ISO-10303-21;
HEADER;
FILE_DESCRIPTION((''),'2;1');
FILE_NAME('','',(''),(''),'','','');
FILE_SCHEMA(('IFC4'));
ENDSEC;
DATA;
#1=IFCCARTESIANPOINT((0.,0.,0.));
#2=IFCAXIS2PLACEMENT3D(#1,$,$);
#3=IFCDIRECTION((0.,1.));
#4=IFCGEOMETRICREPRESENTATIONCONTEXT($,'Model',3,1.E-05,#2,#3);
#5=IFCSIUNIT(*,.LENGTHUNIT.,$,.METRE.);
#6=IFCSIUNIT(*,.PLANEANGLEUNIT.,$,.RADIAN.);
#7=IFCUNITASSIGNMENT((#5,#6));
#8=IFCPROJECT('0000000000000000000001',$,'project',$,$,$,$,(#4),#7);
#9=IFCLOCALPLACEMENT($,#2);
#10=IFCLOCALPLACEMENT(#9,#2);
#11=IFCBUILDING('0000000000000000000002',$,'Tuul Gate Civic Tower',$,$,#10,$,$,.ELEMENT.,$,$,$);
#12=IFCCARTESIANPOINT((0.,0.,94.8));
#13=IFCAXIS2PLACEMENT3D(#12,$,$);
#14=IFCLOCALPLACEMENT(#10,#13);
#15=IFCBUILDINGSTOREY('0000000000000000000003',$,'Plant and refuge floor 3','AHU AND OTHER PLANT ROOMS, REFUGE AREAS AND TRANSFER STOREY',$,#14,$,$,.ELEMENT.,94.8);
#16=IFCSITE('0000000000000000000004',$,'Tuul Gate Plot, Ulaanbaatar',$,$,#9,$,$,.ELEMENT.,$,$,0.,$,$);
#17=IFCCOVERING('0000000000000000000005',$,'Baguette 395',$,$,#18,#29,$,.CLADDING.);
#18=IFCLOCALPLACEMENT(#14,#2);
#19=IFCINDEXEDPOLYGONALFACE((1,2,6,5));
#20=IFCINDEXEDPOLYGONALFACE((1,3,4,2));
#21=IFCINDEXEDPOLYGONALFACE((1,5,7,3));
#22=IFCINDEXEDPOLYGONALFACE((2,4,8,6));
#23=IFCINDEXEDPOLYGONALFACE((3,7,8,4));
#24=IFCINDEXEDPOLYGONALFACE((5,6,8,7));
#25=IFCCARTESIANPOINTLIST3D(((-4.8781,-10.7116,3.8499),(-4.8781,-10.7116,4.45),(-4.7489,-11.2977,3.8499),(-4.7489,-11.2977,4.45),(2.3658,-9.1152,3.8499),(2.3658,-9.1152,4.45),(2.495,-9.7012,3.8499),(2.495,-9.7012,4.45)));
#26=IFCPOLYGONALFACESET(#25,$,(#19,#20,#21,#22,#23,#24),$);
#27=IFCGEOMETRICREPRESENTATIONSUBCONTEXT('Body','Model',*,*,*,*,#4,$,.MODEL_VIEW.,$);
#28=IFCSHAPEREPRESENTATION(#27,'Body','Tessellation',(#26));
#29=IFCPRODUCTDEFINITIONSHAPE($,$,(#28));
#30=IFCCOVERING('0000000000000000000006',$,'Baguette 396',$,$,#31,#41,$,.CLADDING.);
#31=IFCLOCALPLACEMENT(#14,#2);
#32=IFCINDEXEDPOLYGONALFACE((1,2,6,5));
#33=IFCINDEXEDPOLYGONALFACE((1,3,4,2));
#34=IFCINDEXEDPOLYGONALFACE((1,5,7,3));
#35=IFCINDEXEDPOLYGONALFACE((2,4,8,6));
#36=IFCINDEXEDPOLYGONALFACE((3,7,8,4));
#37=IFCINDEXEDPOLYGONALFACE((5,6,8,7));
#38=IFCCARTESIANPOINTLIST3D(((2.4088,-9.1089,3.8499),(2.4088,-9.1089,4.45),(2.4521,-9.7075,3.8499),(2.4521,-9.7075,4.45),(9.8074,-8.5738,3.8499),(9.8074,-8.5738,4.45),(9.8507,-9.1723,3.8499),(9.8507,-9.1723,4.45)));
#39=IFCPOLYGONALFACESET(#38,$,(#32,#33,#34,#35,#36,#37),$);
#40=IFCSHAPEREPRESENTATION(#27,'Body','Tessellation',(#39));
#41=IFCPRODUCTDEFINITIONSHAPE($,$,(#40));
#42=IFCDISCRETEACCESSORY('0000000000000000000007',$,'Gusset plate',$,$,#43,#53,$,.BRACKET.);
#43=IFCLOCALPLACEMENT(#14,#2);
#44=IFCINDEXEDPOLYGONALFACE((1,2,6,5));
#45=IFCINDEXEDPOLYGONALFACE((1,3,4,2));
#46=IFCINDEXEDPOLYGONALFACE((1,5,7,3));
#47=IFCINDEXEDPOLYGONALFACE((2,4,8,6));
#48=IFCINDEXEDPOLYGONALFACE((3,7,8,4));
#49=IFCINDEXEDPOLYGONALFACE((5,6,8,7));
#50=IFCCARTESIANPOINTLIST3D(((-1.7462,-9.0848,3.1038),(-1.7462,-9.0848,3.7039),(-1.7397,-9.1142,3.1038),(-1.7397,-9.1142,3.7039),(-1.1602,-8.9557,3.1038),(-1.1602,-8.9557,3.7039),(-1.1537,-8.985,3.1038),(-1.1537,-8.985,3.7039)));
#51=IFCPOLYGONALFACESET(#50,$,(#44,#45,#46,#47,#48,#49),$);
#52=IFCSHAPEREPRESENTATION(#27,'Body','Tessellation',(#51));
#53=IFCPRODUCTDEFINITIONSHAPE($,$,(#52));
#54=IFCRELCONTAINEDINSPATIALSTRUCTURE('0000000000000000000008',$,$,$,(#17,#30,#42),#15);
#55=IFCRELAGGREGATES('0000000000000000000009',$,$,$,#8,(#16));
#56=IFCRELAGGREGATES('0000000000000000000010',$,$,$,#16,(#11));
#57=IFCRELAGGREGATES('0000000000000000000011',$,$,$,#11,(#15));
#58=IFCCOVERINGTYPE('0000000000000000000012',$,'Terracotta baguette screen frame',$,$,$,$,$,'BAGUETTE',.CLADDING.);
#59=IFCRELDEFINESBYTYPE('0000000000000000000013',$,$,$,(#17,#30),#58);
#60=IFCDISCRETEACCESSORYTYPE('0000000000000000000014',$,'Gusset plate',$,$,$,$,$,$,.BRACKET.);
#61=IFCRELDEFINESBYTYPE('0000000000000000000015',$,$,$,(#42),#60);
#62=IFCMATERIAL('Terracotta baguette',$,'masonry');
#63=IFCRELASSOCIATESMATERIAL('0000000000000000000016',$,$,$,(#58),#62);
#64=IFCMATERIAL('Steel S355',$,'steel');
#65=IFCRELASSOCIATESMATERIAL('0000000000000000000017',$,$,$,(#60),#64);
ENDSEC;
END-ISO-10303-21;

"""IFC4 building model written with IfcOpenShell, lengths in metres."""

from ifc_helpers import new_model, si_unit, direction, frame, origin, origin_2d, place, context, subcontext, project, spatial, rectangle, extrude, material, material_profile, profile_set, type_object, element, save


model = new_model("IFC4")

# Units and contexts
model_context = context("Model", 3, precision=1e-05, world=origin(), true_north=direction((0.0, 1.0)))
body_context = subcontext(model_context, "Body", "Model", "MODEL_VIEW")
ifc_project = project(units=[si_unit("LENGTHUNIT", "METRE"), si_unit("PLANEANGLEUNIT", "RADIAN")], contexts=[model_context])

# Site, building, storey
site_placement = place(None, origin())
site = spatial("IfcSite", under=ifc_project, at=site_placement, Name="Tuul Gate Plot, Ulaanbaatar", CompositionType="ELEMENT", RefElevation=0.0)
building_placement = place(site_placement, origin())
building = spatial("IfcBuilding", under=site, at=building_placement, Name="Tuul Gate Civic Tower", CompositionType="ELEMENT")
storey_placement = place(building_placement, frame((0.0, 0.0, 94.8)))
storey = spatial("IfcBuildingStorey", under=building, at=storey_placement, Name="Plant and refuge floor 3", Description="AHU AND OTHER PLANT ROOMS, REFUGE AREAS AND TRANSFER STOREY", CompositionType="ELEMENT", Elevation=94.8)

# Coverings
ifc_material_1 = material(Name="Terracotta baguette", Category="masonry")
ifc_material_profile_1 = material_profile(ifc_material_1, rectangle(XDim=0.6001, YDim=0.6001, at=origin_2d()), Name="Terracotta baguette screen frame")
ifc_profile_set_1 = profile_set([ifc_material_profile_1], Name="Terracotta baguette")
covering_type = type_object("IfcCoveringType", Name="Terracotta baguette screen frame", ElementType="BAGUETTE", PredefinedType="CLADDING", material=ifc_profile_set_1)
covering_1_placement = place(storey_placement, frame((-4.8135, -11.0046, 4.1499), z_axis=(0.976566, 0.215219, 0.0), x_axis=(-0.215219, 0.976566, 0.0)))
element("IfcCovering", 1, at=covering_1_placement, inside=storey, type_object=covering_type, Name="Baguette 395", PredefinedType="CLADDING", context=body_context, shape_type="SweptSolid", body=[
    extrude(rectangle(XDim=0.6001, YDim=0.6001, at=origin_2d()), origin(), (0.0, 0.0, 1.0), 7.4177),
])
covering_2_placement = place(storey_placement, frame((2.4304, -9.4082, 4.1499), z_axis=(0.997394, 0.072143, 0.0), x_axis=(-0.072143, 0.997394, 0.0)))
element("IfcCovering", 2, at=covering_2_placement, inside=storey, type_object=covering_type, Name="Baguette 396", PredefinedType="CLADDING", context=body_context, shape_type="SweptSolid", body=[
    extrude(rectangle(XDim=0.6001, YDim=0.6001, at=origin_2d()), origin(), (0.0, 0.0, 1.0), 7.418),
])

# Discrete accessory
ifc_material_2 = material(Name="Steel S355", Category="steel")
discrete_accessory_type = type_object("IfcDiscreteAccessoryType", Name="Gusset plate", PredefinedType="BRACKET", material=ifc_material_2)
discrete_accessory_placement = place(storey_placement, frame((-1.45, -9.0349, 3.1038), z_axis=(0.0, 0.0, 1.0), x_axis=(-0.976564, -0.215229, 0.0)))
element("IfcDiscreteAccessory", 3, at=discrete_accessory_placement, inside=storey, type_object=discrete_accessory_type, Name="Gusset plate", PredefinedType="BRACKET", context=body_context, shape_type="SweptSolid", body=[
    extrude(rectangle(XDim=0.6001, YDim=0.03, at=origin_2d()), origin(), (0.0, 0.0, 1.0), 0.6001),
])

save(model, "model.ifc")
